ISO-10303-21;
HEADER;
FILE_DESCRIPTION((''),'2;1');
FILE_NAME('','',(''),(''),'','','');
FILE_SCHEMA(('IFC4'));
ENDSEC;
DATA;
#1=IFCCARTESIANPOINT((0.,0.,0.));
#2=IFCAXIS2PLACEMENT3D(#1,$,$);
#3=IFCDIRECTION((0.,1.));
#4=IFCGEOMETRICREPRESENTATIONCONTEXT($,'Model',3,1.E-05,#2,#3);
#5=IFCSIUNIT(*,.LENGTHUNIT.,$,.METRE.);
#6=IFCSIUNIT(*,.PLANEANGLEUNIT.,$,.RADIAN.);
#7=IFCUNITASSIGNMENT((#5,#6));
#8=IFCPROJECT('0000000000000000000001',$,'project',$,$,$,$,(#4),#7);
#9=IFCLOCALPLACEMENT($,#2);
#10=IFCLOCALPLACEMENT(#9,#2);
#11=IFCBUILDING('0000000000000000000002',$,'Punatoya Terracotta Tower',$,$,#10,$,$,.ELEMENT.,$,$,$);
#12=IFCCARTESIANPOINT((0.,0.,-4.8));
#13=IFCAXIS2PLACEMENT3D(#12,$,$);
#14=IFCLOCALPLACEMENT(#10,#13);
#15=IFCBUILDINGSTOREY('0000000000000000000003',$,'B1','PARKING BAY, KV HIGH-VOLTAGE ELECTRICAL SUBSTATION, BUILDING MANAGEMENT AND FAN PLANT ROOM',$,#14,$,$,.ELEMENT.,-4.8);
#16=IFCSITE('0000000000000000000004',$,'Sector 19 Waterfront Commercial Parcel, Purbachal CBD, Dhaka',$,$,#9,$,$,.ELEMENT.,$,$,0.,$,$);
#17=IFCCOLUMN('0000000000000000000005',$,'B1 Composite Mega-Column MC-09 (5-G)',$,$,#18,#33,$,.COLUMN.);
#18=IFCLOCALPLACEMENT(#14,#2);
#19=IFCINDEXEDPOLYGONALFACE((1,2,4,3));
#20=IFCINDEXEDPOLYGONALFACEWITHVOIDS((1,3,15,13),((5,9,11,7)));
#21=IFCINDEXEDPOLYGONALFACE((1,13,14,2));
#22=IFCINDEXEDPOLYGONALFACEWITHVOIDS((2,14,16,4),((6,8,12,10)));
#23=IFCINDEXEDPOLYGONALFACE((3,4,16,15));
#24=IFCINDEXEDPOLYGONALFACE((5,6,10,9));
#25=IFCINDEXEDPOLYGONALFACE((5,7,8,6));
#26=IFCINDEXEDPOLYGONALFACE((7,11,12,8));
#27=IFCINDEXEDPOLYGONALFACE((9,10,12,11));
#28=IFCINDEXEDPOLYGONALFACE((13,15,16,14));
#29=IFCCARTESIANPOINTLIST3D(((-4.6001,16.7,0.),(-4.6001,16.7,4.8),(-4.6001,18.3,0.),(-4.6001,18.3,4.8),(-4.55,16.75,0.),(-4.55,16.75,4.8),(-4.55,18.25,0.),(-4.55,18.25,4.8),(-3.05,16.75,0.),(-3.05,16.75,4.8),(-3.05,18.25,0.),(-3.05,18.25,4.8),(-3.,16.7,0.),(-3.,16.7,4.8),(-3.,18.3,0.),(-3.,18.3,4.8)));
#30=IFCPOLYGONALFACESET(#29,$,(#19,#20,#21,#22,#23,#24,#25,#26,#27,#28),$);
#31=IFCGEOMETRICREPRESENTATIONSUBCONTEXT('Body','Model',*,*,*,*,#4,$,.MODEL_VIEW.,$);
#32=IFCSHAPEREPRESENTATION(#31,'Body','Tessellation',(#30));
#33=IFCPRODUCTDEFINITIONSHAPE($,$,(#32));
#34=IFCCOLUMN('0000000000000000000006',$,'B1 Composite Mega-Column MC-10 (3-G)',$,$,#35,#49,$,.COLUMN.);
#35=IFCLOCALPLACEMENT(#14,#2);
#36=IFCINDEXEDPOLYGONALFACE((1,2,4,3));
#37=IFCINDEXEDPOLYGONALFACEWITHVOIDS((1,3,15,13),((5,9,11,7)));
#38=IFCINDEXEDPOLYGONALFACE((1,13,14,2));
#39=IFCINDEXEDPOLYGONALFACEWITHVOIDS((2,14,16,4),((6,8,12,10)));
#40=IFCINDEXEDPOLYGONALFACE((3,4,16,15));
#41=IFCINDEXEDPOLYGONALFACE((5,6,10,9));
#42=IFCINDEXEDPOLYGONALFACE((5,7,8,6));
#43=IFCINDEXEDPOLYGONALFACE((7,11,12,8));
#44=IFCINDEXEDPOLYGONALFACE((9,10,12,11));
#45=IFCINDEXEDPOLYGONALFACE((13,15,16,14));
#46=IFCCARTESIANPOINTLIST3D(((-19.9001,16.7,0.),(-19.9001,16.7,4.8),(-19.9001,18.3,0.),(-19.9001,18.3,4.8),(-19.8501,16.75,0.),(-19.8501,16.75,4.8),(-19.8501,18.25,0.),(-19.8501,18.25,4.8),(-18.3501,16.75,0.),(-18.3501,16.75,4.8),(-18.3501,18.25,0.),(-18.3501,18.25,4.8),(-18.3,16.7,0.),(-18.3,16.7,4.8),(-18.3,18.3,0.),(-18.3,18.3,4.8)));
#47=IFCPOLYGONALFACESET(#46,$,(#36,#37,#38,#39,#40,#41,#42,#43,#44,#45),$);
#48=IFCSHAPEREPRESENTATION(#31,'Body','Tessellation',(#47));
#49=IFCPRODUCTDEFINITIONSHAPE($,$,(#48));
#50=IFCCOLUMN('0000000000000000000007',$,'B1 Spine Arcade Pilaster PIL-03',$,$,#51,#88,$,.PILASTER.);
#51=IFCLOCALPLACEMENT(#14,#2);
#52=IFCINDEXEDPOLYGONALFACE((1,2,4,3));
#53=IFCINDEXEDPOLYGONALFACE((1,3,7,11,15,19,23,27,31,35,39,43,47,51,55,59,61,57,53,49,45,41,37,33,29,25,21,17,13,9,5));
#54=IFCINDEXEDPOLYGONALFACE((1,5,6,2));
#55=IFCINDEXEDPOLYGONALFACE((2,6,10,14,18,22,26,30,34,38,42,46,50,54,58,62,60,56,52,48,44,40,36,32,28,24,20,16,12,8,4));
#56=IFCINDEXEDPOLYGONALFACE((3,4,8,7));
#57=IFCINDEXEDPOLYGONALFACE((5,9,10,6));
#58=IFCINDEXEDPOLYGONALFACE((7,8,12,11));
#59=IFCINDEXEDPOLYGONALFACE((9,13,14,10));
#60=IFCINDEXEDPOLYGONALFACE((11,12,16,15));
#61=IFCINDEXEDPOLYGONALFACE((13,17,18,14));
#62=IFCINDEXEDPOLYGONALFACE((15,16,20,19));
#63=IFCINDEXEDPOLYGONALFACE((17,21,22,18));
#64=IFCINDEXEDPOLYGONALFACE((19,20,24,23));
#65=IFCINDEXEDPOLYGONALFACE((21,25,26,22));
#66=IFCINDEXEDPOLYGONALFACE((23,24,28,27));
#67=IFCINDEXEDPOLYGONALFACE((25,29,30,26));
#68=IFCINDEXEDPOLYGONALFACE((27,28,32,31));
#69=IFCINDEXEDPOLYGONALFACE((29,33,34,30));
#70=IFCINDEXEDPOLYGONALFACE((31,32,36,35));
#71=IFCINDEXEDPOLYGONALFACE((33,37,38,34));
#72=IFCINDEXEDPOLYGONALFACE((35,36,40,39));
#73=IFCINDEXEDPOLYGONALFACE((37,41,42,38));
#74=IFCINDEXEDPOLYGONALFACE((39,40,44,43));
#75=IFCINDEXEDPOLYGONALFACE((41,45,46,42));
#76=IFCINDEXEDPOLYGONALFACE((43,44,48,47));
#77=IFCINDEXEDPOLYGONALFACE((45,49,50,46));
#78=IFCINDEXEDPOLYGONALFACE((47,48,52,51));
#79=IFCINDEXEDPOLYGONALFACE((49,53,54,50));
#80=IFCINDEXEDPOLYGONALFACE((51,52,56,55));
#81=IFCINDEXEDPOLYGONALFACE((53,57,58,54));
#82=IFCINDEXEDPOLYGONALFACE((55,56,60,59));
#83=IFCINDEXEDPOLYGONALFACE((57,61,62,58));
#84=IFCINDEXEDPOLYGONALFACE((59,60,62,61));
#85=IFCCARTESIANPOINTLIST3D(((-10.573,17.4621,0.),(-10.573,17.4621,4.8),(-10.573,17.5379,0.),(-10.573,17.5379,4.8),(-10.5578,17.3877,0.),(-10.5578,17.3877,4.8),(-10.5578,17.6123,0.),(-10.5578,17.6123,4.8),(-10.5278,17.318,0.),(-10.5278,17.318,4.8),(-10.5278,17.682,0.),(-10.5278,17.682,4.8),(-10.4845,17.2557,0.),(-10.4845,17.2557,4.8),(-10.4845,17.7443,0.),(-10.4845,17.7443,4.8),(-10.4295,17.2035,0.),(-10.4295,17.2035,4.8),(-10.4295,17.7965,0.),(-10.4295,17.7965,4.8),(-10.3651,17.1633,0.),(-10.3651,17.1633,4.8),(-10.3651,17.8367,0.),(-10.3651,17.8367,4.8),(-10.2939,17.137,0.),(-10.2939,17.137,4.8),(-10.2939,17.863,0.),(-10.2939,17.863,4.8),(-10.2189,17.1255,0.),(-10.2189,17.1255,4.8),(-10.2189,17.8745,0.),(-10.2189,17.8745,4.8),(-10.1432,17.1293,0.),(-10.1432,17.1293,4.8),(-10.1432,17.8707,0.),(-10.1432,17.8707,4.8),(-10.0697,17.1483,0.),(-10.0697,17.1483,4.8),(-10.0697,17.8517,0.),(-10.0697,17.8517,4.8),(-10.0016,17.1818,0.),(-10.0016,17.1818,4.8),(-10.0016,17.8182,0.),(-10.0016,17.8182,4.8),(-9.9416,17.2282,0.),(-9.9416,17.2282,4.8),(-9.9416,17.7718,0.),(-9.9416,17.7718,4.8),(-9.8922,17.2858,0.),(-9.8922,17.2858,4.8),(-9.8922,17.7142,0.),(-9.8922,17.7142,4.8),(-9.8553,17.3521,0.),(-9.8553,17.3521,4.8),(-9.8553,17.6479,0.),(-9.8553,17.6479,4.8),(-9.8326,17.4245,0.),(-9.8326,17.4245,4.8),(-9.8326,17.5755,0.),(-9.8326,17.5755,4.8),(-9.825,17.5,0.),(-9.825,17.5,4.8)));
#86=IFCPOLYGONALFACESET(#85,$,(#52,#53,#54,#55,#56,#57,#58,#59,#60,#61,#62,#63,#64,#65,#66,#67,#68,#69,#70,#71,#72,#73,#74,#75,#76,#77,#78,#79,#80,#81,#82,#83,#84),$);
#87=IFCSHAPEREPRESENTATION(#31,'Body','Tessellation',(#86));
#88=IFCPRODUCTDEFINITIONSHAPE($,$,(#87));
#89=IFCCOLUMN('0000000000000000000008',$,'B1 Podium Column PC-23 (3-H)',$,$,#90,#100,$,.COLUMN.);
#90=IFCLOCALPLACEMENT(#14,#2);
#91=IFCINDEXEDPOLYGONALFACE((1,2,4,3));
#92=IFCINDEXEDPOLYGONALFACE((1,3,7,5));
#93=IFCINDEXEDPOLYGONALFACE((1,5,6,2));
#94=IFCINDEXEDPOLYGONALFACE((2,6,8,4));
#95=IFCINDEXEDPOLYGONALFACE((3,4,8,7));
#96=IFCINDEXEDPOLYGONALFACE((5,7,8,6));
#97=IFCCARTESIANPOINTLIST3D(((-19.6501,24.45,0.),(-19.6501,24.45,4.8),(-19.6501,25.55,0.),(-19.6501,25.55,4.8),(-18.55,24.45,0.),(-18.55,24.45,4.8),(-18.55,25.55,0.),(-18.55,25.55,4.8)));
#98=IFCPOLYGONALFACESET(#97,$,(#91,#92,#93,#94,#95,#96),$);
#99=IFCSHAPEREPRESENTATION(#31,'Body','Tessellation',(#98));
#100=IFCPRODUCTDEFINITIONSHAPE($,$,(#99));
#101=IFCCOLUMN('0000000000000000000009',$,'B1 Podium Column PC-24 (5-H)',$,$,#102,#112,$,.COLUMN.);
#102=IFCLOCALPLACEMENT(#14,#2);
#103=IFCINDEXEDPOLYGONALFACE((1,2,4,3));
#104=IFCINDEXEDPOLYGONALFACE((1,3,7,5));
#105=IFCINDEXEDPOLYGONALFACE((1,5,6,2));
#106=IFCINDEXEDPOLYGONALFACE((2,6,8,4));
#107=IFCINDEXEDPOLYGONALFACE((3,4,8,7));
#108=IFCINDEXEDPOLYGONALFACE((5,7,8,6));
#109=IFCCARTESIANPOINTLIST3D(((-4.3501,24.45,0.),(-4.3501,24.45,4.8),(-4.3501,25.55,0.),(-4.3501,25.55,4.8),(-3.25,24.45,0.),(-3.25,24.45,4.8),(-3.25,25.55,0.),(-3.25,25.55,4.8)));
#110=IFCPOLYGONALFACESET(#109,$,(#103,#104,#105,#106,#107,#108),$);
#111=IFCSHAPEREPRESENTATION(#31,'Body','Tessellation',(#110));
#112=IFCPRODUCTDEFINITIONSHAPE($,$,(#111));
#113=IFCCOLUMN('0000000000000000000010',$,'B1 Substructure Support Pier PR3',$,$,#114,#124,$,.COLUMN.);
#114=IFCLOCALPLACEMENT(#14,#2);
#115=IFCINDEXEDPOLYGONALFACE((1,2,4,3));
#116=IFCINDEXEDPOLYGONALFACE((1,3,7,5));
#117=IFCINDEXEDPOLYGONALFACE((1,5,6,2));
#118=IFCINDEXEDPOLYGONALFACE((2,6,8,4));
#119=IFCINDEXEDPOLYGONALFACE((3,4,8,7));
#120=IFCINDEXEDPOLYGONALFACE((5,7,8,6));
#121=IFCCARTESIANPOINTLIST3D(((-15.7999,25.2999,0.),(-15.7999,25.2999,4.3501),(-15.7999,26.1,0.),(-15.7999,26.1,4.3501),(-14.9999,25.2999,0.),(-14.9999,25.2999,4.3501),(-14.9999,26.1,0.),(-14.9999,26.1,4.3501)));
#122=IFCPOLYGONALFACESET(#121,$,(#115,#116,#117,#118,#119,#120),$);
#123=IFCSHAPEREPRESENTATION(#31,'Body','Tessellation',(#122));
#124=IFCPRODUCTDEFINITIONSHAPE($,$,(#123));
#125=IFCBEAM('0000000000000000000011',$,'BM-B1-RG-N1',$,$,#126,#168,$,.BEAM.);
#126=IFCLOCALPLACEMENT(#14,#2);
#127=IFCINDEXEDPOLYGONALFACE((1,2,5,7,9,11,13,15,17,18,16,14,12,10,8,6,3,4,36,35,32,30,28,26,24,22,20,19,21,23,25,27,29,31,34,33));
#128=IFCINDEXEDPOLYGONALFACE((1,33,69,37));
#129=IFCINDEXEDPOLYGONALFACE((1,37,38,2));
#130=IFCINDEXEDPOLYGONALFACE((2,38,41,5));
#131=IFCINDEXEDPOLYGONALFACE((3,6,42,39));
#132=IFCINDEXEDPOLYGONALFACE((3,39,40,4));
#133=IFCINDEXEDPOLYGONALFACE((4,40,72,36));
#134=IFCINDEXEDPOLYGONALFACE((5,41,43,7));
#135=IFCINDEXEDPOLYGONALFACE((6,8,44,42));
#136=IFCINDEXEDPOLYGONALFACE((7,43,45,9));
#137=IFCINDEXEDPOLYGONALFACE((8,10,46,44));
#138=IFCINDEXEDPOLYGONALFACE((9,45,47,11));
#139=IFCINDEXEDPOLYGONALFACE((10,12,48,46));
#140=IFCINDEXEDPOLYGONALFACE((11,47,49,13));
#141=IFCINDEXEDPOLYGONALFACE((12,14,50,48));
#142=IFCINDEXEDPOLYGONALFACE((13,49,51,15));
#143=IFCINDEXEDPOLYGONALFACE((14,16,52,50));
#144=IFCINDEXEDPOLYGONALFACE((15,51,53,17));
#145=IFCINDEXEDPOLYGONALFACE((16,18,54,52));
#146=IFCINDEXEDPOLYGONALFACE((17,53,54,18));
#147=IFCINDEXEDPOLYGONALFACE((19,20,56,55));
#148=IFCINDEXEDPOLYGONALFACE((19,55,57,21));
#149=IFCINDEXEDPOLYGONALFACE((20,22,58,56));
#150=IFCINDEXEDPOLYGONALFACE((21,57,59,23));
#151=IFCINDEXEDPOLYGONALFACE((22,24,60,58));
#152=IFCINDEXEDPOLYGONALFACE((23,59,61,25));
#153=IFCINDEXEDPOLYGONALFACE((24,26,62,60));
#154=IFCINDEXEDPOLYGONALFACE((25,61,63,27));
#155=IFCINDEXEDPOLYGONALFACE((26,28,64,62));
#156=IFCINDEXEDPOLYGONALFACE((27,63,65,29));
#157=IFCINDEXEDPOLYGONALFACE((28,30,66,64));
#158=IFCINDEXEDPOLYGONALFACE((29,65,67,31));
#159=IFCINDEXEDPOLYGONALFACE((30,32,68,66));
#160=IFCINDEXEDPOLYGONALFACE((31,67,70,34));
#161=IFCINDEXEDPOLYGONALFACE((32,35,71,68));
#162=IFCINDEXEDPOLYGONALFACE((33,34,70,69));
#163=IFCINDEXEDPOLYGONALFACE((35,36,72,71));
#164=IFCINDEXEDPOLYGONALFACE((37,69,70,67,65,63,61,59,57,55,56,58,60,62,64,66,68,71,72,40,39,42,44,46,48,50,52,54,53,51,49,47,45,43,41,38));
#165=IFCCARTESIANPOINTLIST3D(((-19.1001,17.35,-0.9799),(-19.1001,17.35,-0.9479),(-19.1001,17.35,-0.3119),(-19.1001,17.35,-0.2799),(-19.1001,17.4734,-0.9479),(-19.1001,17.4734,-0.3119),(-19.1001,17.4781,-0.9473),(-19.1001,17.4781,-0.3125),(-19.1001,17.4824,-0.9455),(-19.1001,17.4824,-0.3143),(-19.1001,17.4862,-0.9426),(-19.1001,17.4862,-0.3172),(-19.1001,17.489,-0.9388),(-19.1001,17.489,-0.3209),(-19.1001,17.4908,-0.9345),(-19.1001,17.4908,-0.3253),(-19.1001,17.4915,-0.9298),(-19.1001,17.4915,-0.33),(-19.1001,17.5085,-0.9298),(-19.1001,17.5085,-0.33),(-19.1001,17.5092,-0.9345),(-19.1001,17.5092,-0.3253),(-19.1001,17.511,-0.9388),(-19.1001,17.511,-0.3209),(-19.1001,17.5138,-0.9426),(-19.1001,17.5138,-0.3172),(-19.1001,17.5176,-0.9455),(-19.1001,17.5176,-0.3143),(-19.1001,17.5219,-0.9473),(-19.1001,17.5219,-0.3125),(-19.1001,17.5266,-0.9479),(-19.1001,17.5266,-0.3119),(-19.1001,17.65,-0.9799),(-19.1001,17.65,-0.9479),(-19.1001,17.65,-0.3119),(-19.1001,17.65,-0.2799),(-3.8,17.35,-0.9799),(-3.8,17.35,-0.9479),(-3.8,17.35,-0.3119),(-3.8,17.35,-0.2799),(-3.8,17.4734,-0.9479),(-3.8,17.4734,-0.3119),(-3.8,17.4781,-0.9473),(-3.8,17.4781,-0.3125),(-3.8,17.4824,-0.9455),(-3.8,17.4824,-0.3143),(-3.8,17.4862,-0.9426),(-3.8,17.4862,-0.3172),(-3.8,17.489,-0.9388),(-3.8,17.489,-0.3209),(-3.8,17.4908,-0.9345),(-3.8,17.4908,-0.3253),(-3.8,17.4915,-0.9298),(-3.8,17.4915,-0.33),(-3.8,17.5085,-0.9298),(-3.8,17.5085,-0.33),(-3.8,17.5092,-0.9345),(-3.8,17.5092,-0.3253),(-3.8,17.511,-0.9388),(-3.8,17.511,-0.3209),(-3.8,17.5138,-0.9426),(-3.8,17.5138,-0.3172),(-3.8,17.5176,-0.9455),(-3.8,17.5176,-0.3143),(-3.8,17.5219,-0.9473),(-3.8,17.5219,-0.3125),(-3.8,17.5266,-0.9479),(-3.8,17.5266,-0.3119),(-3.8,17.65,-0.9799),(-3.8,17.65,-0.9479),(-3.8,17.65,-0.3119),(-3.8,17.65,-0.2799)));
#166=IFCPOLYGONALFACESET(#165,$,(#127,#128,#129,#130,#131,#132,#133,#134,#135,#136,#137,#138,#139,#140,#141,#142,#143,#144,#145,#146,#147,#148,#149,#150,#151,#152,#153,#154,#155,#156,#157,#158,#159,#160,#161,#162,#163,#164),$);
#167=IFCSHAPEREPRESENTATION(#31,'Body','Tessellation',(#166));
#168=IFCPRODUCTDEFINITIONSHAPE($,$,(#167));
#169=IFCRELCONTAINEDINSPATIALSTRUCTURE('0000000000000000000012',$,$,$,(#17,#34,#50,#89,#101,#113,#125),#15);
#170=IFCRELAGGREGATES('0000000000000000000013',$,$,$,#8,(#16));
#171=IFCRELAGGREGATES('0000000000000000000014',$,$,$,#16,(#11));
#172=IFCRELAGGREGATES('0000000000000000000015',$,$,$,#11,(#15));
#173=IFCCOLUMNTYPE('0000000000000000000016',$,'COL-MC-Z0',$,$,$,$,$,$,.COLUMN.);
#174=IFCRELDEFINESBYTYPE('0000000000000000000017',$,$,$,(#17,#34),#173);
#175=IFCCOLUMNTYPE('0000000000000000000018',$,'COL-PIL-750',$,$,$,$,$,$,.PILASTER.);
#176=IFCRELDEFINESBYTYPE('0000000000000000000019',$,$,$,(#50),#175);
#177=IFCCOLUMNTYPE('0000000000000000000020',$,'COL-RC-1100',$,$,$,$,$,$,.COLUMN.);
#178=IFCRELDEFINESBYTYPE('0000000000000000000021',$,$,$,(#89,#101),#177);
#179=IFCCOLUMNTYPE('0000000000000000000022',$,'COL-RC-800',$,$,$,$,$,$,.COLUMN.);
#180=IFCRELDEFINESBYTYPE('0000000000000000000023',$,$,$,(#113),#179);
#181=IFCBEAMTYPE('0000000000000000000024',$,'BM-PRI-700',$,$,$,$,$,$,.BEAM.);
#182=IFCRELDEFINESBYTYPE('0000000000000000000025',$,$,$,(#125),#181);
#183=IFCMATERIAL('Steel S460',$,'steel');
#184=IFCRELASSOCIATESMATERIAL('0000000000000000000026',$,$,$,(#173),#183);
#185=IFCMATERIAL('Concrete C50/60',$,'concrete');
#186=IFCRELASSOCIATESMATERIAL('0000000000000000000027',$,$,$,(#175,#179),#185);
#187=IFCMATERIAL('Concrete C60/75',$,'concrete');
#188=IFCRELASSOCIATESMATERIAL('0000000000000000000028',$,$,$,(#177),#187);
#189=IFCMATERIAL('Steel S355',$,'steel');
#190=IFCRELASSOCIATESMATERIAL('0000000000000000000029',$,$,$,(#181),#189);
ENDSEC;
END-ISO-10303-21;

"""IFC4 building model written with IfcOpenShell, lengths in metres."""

from ifc_helpers import new_model, si_unit, direction, frame, origin, origin_2d, place, context, subcontext, project, spatial, rectangle, hollow_rectangle, circle, i_section, extrude, material, material_profile, profile_set, type_object, element, save


model = new_model("IFC4")

# Units and contexts
model_context = context("Model", 3, precision=1e-05, world=origin(), true_north=direction((0.0, 1.0)))
body_context = subcontext(model_context, "Body", "Model", "MODEL_VIEW")
ifc_project = project(units=[si_unit("LENGTHUNIT", "METRE"), si_unit("PLANEANGLEUNIT", "RADIAN")], contexts=[model_context])

# Site, building, storey
site_placement = place(None, origin())
site = spatial("IfcSite", under=ifc_project, at=site_placement, Name="Sector 19 Waterfront Commercial Parcel, Purbachal CBD, Dhaka", CompositionType="ELEMENT", RefElevation=0.0)
building_placement = place(site_placement, origin())
building = spatial("IfcBuilding", under=site, at=building_placement, Name="Punatoya Terracotta Tower", CompositionType="ELEMENT")
storey_placement = place(building_placement, frame((0.0, 0.0, -4.8)))
storey = spatial("IfcBuildingStorey", under=building, at=storey_placement, Name="B1", Description="PARKING BAY, KV HIGH-VOLTAGE ELECTRICAL SUBSTATION, BUILDING MANAGEMENT AND FAN PLANT ROOM", CompositionType="ELEMENT", Elevation=-4.8)

# Columns
ifc_material_1 = material(Name="Steel S460", Category="steel")
ifc_material_profile_1 = material_profile(ifc_material_1, hollow_rectangle(XDim=1.6001, YDim=1.6001, WallThickness=0.05, at=origin_2d()))
ifc_profile_set_1 = profile_set([ifc_material_profile_1], Name="Steel S460")
column_type_1 = type_object("IfcColumnType", Name="COL-MC-Z0", PredefinedType="COLUMN", material=ifc_profile_set_1)
for number, where, z_axis, x_axis, name in (
    (1, (-3.8, 17.5, 0.0), (0.0, 0.0, 1.0), (1.0, 0.0, 0.0), "B1 Composite Mega-Column MC-09 (5-G)"),
    (2, (-19.1001, 17.5, 0.0), (0.0, 0.0, 1.0), (1.0, 0.0, 0.0), "B1 Composite Mega-Column MC-10 (3-G)"),
):
    element("IfcColumn", number, at=place(storey_placement, frame(where, z_axis=z_axis, x_axis=x_axis)), inside=storey, type_object=column_type_1, Name=name, PredefinedType="COLUMN", context=body_context, shape_type="SweptSolid", body=[
        extrude(hollow_rectangle(XDim=1.6001, YDim=1.6001, WallThickness=0.05, at=origin_2d()), origin(), (0.0, 0.0, 1.0), 4.8),
    ])
ifc_material_2 = material(Name="Concrete C50/60", Category="concrete")
ifc_material_profile_2 = material_profile(ifc_material_2, circle(Radius=0.375, at=origin_2d()))
ifc_profile_set_2 = profile_set([ifc_material_profile_2], Name="Concrete C50/60")
column_type_2 = type_object("IfcColumnType", Name="COL-PIL-750", PredefinedType="PILASTER", material=ifc_profile_set_2)
column_1_placement = place(storey_placement, frame((-10.2, 17.5, 0.0), z_axis=(0.0, 0.0, 1.0), x_axis=(1.0, 0.0, 0.0)))
element("IfcColumn", 3, at=column_1_placement, inside=storey, type_object=column_type_2, Name="B1 Spine Arcade Pilaster PIL-03", PredefinedType="PILASTER", context=body_context, shape_type="SweptSolid", body=[
    extrude(circle(Radius=0.375, at=origin_2d()), origin(), (0.0, 0.0, 1.0), 4.8),
])
ifc_material_3 = material(Name="Concrete C60/75", Category="concrete")
ifc_material_profile_3 = material_profile(ifc_material_3, rectangle(XDim=1.1001, YDim=1.1001, at=origin_2d()))
ifc_profile_set_3 = profile_set([ifc_material_profile_3], Name="Concrete C60/75")
column_type_3 = type_object("IfcColumnType", Name="COL-RC-1100", PredefinedType="COLUMN", material=ifc_profile_set_3)
for number, where, z_axis, x_axis, name in (
    (4, (-19.1001, 25.0, 0.0), (0.0, 0.0, 1.0), (1.0, 0.0, 0.0), "B1 Podium Column PC-23 (3-H)"),
    (5, (-3.8, 25.0, 0.0), (0.0, 0.0, 1.0), (1.0, 0.0, 0.0), "B1 Podium Column PC-24 (5-H)"),
):
    element("IfcColumn", number, at=place(storey_placement, frame(where, z_axis=z_axis, x_axis=x_axis)), inside=storey, type_object=column_type_3, Name=name, PredefinedType="COLUMN", context=body_context, shape_type="SweptSolid", body=[
        extrude(rectangle(XDim=1.1001, YDim=1.1001, at=origin_2d()), origin(), (0.0, 0.0, 1.0), 4.8),
    ])
ifc_material_profile_4 = material_profile(ifc_material_2, rectangle(XDim=0.8, YDim=0.8, at=origin_2d()))
ifc_profile_set_4 = profile_set([ifc_material_profile_4], Name="Concrete C50/60")
column_type_4 = type_object("IfcColumnType", Name="COL-RC-800", PredefinedType="COLUMN", material=ifc_profile_set_4)
column_2_placement = place(storey_placement, frame((-15.3999, 25.7, 0.0), z_axis=(0.0, 0.0, 1.0), x_axis=(1.0, 0.0, 0.0)))
element("IfcColumn", 6, at=column_2_placement, inside=storey, type_object=column_type_4, Name="B1 Substructure Support Pier PR3", PredefinedType="COLUMN", context=body_context, shape_type="SweptSolid", body=[
    extrude(rectangle(XDim=0.8, YDim=0.8, at=origin_2d()), origin(), (0.0, 0.0, 1.0), 4.3501),
])

# Beam
ifc_material_4 = material(Name="Steel S355", Category="steel")
ifc_material_profile_5 = material_profile(ifc_material_4, i_section(OverallWidth=0.3, OverallDepth=0.7, WebThickness=0.0171, FlangeThickness=0.032, FilletRadius=0.0181, at=origin_2d()))
ifc_profile_set_5 = profile_set([ifc_material_profile_5], Name="Steel S355")
beam_type_1 = type_object("IfcBeamType", Name="BM-PRI-700", PredefinedType="BEAM", material=ifc_profile_set_5)
beam_1_placement = place(storey_placement, frame((-19.1001, 17.5, -0.6299), z_axis=(1.0, 0.0, 0.0), x_axis=(0.0, 1.0, 0.0)))
element("IfcBeam", 7, at=beam_1_placement, inside=storey, type_object=beam_type_1, Name="BM-B1-RG-N1", PredefinedType="BEAM", context=body_context, shape_type="SweptSolid", body=[
    extrude(i_section(OverallWidth=0.3, OverallDepth=0.7, WebThickness=0.0171, FlangeThickness=0.032, FilletRadius=0.0181, at=origin_2d()), origin(), (0.0, 0.0, 1.0), 15.3),
])

save(model, "model.ifc")
